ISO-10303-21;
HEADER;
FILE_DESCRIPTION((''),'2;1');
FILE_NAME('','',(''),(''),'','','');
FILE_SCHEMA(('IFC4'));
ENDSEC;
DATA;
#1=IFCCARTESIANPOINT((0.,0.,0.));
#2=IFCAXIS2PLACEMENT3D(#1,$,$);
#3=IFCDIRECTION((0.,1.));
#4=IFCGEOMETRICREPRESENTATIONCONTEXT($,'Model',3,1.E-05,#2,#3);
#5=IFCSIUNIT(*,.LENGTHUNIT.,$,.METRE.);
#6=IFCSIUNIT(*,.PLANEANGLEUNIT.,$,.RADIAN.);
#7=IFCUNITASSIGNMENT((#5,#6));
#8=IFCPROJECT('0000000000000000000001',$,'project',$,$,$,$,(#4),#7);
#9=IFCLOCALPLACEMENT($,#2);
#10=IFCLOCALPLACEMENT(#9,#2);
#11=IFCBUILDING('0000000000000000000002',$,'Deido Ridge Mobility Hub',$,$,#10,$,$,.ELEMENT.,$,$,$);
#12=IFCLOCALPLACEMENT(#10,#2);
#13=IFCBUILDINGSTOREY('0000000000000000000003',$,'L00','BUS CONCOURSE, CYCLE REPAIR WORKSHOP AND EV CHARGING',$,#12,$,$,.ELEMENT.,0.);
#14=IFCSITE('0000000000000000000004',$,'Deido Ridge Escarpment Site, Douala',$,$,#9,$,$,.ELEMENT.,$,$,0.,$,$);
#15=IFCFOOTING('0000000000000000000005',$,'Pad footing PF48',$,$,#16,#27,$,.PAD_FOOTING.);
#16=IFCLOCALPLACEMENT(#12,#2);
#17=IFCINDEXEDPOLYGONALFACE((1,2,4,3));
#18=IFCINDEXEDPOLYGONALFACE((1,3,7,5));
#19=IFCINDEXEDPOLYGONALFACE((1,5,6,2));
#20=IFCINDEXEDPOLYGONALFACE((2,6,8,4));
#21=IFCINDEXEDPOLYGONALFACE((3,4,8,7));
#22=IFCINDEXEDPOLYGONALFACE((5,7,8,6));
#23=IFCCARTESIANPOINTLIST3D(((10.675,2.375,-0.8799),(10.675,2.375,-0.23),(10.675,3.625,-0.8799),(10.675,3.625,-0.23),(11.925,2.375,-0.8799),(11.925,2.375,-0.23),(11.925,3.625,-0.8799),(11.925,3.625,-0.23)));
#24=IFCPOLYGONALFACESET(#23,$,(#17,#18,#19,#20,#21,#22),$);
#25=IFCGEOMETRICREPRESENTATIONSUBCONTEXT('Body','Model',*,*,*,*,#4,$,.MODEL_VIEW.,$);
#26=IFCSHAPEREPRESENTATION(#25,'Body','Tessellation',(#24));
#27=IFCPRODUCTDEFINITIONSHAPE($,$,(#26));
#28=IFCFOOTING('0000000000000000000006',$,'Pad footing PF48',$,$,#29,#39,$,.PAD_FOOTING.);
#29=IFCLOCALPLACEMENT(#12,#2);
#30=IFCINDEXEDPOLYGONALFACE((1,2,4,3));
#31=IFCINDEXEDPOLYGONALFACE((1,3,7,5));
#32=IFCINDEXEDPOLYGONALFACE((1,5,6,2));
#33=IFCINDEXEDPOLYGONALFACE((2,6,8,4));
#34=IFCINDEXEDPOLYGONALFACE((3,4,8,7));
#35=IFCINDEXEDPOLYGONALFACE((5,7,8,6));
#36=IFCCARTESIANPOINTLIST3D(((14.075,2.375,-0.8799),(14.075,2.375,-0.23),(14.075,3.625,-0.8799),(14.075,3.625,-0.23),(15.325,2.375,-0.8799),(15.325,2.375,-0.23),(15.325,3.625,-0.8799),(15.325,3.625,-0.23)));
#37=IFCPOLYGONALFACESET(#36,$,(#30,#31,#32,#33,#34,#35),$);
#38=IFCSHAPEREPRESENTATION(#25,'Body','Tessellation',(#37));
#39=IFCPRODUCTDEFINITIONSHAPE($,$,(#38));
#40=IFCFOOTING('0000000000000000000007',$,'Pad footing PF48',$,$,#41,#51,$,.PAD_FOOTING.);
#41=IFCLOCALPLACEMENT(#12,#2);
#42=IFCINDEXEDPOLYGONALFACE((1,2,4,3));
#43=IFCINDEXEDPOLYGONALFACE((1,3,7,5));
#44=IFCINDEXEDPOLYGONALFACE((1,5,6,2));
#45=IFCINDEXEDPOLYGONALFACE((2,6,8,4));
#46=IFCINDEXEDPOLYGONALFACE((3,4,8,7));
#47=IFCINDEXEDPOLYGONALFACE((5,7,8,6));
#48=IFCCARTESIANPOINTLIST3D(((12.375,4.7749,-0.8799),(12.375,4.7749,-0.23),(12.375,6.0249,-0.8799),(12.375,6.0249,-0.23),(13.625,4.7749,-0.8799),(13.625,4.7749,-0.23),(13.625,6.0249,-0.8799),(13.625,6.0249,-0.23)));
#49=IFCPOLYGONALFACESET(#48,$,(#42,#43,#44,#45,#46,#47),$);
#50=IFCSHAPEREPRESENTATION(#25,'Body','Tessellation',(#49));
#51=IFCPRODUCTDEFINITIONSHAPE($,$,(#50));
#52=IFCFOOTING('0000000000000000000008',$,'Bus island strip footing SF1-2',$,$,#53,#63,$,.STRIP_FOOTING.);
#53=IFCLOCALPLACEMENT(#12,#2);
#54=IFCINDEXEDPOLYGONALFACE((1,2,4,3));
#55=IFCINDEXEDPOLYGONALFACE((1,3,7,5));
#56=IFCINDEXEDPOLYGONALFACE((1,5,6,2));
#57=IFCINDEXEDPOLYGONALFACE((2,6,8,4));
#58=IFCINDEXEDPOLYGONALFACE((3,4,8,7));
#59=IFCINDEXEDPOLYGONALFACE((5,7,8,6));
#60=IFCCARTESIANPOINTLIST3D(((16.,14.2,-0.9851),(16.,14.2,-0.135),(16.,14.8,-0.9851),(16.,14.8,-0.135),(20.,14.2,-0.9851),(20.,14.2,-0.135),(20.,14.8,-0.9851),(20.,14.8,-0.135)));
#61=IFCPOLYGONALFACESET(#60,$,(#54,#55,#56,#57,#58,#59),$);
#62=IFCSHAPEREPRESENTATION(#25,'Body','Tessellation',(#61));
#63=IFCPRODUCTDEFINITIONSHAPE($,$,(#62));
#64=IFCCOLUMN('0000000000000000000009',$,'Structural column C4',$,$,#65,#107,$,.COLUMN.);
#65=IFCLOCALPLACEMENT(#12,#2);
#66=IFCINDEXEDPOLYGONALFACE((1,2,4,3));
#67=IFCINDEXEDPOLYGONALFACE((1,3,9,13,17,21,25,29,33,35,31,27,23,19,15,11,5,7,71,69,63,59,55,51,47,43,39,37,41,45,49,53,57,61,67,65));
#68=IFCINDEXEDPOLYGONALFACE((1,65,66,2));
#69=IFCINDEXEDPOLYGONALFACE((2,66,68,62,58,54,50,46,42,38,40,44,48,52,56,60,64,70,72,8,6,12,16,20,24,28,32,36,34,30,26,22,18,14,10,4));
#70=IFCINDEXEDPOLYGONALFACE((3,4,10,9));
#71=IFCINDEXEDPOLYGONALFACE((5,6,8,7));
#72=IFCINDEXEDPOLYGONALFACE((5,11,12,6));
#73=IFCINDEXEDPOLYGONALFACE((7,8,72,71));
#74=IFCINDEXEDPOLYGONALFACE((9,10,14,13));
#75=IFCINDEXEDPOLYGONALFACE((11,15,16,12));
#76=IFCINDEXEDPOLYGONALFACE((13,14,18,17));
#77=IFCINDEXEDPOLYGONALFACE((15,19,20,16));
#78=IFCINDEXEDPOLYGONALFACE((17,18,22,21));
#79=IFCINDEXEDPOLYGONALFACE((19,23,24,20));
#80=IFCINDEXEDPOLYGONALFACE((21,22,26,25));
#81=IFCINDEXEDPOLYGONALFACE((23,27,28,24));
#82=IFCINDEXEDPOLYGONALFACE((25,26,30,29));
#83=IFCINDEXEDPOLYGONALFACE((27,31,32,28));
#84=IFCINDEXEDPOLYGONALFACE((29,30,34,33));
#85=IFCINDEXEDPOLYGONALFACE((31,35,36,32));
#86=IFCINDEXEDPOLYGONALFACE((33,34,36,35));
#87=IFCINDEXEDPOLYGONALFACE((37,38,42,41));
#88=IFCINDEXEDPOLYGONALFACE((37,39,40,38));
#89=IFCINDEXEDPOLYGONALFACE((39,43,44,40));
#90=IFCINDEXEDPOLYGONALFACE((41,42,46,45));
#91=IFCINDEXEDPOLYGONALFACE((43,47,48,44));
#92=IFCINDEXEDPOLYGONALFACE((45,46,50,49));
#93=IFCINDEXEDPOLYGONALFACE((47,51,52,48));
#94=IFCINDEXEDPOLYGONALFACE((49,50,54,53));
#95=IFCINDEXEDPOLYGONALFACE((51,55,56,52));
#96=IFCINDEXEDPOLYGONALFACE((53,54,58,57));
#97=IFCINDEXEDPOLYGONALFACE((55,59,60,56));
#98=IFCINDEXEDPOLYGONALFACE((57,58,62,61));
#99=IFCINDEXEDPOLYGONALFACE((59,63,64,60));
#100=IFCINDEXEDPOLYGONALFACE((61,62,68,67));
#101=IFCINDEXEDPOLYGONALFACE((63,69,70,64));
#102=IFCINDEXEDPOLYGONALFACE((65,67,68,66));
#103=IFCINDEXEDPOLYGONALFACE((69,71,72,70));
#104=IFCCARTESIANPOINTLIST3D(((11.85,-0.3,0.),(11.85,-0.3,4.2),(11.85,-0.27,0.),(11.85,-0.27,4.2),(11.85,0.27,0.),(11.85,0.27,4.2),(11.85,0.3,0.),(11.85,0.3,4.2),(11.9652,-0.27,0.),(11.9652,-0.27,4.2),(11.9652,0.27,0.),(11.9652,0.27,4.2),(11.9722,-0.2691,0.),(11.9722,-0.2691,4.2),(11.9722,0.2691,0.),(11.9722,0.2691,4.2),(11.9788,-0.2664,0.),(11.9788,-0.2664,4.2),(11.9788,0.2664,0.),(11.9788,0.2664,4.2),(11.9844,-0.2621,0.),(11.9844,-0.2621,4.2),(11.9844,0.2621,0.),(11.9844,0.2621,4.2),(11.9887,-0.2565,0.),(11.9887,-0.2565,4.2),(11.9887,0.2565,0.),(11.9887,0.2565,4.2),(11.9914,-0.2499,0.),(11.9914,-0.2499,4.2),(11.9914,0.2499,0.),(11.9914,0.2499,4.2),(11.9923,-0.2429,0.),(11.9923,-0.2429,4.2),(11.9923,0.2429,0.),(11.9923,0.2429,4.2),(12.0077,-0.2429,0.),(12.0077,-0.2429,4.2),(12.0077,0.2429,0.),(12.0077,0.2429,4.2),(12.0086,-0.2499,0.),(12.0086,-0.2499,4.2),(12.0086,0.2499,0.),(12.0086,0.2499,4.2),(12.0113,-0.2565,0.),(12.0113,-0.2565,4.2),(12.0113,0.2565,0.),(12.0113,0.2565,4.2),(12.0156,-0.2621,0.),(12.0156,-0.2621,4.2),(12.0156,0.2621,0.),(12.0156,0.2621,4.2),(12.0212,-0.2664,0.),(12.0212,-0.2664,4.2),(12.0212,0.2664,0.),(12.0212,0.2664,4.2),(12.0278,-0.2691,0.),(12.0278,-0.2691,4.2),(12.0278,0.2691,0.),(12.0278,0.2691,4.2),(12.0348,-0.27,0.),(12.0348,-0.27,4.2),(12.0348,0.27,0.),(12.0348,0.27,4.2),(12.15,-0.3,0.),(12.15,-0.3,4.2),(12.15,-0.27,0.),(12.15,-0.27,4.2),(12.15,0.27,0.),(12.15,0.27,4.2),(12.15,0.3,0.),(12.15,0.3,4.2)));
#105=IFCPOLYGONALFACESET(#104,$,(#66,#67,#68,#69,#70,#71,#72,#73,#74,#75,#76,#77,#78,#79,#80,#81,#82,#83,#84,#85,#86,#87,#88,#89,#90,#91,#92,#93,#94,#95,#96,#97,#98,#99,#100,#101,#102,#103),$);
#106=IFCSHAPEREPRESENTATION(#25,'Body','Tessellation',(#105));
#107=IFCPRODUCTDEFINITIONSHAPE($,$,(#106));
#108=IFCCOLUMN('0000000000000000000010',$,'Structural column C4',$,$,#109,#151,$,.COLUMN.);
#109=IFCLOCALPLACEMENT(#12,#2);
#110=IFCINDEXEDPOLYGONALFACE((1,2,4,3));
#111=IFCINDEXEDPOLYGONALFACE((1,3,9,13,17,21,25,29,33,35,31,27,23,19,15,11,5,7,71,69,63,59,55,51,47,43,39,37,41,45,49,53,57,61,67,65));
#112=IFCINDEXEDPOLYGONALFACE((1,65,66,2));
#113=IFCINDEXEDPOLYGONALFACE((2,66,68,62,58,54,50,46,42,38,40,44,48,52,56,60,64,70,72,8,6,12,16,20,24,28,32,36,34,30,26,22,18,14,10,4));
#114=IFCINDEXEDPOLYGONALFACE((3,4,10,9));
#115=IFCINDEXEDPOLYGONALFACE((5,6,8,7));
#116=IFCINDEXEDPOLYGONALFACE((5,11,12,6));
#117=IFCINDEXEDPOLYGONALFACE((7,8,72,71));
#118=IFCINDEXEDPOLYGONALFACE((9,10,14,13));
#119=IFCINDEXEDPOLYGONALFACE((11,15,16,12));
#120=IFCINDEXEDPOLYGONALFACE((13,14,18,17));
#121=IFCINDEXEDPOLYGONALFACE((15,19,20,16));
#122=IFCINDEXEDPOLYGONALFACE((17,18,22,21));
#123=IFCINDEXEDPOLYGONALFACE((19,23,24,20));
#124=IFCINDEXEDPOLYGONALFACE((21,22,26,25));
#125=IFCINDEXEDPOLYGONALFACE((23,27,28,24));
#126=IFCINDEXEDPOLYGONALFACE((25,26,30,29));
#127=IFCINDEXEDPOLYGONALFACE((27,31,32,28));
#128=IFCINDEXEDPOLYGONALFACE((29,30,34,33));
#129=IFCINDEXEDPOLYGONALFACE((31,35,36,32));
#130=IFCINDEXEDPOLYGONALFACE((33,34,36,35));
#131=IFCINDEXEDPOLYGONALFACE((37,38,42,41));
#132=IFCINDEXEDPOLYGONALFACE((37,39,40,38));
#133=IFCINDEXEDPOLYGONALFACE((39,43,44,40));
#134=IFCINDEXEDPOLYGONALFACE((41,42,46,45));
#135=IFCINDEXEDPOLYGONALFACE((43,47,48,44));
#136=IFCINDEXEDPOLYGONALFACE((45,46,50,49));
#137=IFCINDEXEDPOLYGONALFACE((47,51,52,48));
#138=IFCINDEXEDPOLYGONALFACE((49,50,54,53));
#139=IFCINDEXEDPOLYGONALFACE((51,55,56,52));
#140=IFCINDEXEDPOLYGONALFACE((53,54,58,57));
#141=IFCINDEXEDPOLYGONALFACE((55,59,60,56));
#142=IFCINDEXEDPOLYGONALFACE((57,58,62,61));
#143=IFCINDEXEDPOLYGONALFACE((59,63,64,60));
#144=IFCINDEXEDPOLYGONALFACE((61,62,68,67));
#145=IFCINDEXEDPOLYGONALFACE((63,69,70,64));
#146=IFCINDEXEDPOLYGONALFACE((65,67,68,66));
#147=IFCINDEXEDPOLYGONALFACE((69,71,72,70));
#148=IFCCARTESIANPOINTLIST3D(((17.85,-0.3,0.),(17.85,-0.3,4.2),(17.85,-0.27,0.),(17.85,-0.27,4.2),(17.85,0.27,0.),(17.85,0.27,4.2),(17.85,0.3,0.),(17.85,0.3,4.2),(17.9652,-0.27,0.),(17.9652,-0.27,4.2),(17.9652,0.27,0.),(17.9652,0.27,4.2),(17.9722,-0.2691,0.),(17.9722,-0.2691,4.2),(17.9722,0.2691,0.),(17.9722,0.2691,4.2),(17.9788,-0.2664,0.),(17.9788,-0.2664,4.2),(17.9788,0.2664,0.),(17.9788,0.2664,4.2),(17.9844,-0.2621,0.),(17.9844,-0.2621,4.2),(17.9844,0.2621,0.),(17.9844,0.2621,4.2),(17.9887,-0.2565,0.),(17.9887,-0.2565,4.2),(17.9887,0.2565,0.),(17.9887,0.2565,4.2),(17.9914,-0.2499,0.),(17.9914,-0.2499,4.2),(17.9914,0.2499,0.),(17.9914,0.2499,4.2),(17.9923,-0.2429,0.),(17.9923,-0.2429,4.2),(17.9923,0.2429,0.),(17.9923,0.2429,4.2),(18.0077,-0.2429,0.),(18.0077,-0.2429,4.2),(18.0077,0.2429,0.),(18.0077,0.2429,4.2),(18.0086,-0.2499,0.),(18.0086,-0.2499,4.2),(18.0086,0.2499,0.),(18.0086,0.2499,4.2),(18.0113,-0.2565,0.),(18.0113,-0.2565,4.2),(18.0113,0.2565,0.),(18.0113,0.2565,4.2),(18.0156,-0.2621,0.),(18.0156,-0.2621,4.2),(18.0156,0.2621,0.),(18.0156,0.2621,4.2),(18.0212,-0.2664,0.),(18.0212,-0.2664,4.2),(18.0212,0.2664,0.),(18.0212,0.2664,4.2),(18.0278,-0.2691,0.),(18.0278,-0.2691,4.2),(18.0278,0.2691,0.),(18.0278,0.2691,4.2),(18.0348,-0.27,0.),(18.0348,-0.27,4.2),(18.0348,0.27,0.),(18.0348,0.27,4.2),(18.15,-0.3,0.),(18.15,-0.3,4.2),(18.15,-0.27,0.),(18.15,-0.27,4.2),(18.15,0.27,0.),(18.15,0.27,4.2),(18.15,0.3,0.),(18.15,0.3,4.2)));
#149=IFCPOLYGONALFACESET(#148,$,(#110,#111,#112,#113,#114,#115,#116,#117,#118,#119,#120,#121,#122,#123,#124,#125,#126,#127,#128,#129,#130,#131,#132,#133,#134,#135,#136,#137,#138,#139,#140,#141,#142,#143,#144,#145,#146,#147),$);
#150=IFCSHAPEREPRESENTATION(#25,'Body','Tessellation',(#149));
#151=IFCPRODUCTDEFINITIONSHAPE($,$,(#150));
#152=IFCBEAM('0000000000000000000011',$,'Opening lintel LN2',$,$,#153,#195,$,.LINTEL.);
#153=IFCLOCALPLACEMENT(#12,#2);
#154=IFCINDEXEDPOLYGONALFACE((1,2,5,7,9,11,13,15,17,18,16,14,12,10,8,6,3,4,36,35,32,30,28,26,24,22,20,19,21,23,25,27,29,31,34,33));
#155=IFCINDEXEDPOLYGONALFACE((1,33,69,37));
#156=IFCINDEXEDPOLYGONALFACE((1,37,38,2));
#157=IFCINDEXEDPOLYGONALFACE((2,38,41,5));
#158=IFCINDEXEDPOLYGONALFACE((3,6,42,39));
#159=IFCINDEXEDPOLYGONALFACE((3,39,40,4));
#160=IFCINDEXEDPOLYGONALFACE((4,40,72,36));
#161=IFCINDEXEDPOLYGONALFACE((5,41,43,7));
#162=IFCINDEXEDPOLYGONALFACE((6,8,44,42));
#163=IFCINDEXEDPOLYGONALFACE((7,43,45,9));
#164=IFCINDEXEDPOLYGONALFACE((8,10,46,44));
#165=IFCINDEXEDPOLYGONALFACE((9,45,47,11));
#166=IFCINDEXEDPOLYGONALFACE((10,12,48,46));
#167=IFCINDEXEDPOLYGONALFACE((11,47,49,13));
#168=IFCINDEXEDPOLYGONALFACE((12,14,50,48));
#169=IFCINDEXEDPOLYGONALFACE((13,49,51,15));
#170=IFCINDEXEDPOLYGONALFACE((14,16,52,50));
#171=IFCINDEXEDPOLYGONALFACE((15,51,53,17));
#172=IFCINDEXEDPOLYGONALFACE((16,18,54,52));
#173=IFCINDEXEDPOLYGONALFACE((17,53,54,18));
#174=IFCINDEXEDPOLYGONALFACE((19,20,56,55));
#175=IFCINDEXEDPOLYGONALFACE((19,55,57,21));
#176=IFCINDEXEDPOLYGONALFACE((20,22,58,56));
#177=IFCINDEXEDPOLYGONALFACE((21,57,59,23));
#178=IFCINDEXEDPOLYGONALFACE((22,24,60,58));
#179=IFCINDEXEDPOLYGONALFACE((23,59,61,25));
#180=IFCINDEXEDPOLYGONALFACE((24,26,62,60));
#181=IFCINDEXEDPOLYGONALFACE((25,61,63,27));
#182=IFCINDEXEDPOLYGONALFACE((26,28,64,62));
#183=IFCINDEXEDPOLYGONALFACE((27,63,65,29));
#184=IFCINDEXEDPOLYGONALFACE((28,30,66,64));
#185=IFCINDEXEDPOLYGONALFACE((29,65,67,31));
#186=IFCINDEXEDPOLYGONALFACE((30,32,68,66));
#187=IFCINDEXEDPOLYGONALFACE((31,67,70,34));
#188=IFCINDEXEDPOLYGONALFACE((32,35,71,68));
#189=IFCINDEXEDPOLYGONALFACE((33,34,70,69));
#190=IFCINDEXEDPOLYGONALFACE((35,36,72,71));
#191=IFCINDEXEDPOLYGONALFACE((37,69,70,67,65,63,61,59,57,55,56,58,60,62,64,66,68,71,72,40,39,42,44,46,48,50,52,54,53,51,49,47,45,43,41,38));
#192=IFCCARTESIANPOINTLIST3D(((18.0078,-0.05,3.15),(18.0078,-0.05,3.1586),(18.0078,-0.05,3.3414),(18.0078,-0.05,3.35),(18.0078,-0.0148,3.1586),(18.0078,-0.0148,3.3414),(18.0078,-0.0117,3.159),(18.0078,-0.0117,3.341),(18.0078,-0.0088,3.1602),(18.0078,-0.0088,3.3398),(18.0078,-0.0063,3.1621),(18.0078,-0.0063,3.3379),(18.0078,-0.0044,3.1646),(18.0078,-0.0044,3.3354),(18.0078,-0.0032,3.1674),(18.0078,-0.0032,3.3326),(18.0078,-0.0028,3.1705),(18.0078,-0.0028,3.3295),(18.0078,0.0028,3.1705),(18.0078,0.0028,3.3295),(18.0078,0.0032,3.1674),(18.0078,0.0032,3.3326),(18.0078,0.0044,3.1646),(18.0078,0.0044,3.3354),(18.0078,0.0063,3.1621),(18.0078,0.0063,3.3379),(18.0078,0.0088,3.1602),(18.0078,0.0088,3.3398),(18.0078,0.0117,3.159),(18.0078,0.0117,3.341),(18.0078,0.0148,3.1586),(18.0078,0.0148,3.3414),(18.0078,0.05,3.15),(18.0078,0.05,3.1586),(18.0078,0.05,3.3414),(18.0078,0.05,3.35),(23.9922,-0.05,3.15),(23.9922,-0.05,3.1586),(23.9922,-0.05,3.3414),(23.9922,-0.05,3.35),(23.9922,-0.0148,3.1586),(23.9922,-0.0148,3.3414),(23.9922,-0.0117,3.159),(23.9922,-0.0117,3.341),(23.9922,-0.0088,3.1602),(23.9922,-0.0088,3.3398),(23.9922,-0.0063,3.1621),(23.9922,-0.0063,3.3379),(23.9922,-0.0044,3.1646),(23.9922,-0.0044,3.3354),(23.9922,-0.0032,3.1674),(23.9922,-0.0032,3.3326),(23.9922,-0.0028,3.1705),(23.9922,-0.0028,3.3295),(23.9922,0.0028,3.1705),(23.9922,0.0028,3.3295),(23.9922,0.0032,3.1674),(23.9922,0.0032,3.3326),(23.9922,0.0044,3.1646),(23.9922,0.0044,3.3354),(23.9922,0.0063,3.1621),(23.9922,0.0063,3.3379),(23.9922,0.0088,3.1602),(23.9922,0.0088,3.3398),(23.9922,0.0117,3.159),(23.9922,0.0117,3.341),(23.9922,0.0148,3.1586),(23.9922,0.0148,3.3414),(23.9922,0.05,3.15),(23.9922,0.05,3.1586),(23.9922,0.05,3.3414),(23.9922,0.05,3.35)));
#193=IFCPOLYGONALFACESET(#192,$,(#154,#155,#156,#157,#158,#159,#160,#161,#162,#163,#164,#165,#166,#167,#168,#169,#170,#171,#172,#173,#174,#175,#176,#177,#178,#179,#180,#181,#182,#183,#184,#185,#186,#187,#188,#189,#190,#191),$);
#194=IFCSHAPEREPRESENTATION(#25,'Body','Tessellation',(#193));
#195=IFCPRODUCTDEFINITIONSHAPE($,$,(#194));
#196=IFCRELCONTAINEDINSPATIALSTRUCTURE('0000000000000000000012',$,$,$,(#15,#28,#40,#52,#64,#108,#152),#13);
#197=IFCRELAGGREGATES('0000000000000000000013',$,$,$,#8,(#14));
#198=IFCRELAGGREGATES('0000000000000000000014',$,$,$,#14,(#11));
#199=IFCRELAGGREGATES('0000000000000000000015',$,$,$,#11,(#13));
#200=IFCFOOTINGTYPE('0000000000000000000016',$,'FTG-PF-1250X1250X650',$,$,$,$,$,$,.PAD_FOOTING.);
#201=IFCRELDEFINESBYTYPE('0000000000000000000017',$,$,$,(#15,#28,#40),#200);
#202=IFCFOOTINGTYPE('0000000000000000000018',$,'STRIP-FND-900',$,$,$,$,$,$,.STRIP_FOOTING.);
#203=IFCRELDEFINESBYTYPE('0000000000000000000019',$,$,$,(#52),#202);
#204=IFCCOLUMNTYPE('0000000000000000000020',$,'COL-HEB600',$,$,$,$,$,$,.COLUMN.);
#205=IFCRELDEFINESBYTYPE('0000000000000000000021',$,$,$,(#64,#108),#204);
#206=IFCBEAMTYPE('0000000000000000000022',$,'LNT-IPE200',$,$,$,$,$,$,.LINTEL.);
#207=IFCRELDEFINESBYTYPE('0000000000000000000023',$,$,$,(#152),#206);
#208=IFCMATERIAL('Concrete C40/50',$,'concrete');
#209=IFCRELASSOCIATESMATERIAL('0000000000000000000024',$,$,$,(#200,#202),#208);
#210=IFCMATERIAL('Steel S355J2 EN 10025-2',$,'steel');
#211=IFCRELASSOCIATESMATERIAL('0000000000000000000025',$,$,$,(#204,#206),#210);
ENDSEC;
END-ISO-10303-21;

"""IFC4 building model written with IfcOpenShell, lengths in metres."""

from ifc_helpers import new_model, si_unit, direction, frame, origin, origin_2d, place, context, subcontext, project, spatial, rectangle, i_section, extrude, material, material_profile, profile_set, type_object, element, save


model = new_model("IFC4")

# Units and contexts
model_context = context("Model", 3, precision=1e-05, world=origin(), true_north=direction((0.0, 1.0)))
body_context = subcontext(model_context, "Body", "Model", "MODEL_VIEW")
ifc_project = project(units=[si_unit("LENGTHUNIT", "METRE"), si_unit("PLANEANGLEUNIT", "RADIAN")], contexts=[model_context])

# Site, building, storey
site_placement = place(None, origin())
site = spatial("IfcSite", under=ifc_project, at=site_placement, Name="Deido Ridge Escarpment Site, Douala", CompositionType="ELEMENT", RefElevation=0.0)
building_placement = place(site_placement, origin())
building = spatial("IfcBuilding", under=site, at=building_placement, Name="Deido Ridge Mobility Hub", CompositionType="ELEMENT")
storey_placement = place(building_placement, origin())
storey = spatial("IfcBuildingStorey", under=building, at=storey_placement, Name="L00", Description="BUS CONCOURSE, CYCLE REPAIR WORKSHOP AND EV CHARGING", CompositionType="ELEMENT", Elevation=0.0)

# Footings
ifc_material_1 = material(Name="Concrete C40/50", Category="concrete")
footing_type_1 = type_object("IfcFootingType", Name="FTG-PF-1250X1250X650", PredefinedType="PAD_FOOTING", material=ifc_material_1)
for number, where, z_axis, x_axis, name in (
    (1, (11.3, 3.0, -0.8799), (0.0, 0.0, 1.0), (1.0, 0.0, 0.0), "Pad footing PF48"),
    (2, (14.7, 3.0, -0.8799), (0.0, 0.0, 1.0), (1.0, 0.0, 0.0), "Pad footing PF48"),
    (3, (13.0, 5.3999, -0.8799), (0.0, 0.0, 1.0), (1.0, 0.0, 0.0), "Pad footing PF48"),
):
    element("IfcFooting", number, at=place(storey_placement, frame(where, z_axis=z_axis, x_axis=x_axis)), inside=storey, type_object=footing_type_1, Name=name, PredefinedType="PAD_FOOTING", context=body_context, shape_type="SweptSolid", body=[
        extrude(rectangle(XDim=1.25, YDim=1.25, at=origin_2d()), origin(), (0.0, 0.0, 1.0), 0.6499),
    ])
ifc_material_profile_1 = material_profile(ifc_material_1, rectangle(XDim=0.6001, YDim=0.8501, at=origin_2d()), Name="RC GB 600x850")
ifc_profile_set_1 = profile_set([ifc_material_profile_1], Name="Concrete C40/50")
footing_type_2 = type_object("IfcFootingType", Name="STRIP-FND-900", PredefinedType="STRIP_FOOTING", material=ifc_profile_set_1)
footing_placement = place(storey_placement, frame((16.0, 14.5, -0.5601), z_axis=(1.0, 0.0, 0.0), x_axis=(0.0, 1.0, 0.0)))
element("IfcFooting", 4, at=footing_placement, inside=storey, type_object=footing_type_2, Name="Bus island strip footing SF1-2", PredefinedType="STRIP_FOOTING", context=body_context, shape_type="SweptSolid", body=[
    extrude(rectangle(XDim=0.6001, YDim=0.8501, at=origin_2d()), origin(), (0.0, 0.0, 1.0), 4.0),
])

# Columns
ifc_material_2 = material(Name="Steel S355J2 EN 10025-2", Category="steel")
ifc_material_profile_2 = material_profile(ifc_material_2, i_section(OverallWidth=0.3, OverallDepth=0.6001, WebThickness=0.0154, FlangeThickness=0.03, FilletRadius=0.0271, at=origin_2d()), Name="HEB 600")
ifc_profile_set_2 = profile_set([ifc_material_profile_2], Name="Steel S355J2 EN 10025-2")
column_type = type_object("IfcColumnType", Name="COL-HEB600", PredefinedType="COLUMN", material=ifc_profile_set_2)
for number, where, z_axis, x_axis, name in (
    (5, (12.0, 0.0, 0.0), (0.0, 0.0, 1.0), (1.0, 0.0, 0.0), "Structural column C4"),
    (6, (18.0, 0.0, 0.0), (0.0, 0.0, 1.0), (1.0, 0.0, 0.0), "Structural column C4"),
):
    element("IfcColumn", number, at=place(storey_placement, frame(where, z_axis=z_axis, x_axis=x_axis)), inside=storey, type_object=column_type, Name=name, PredefinedType="COLUMN", context=body_context, shape_type="SweptSolid", body=[
        extrude(i_section(OverallWidth=0.3, OverallDepth=0.6001, WebThickness=0.0154, FlangeThickness=0.03, FilletRadius=0.0271, at=origin_2d()), origin(), (0.0, 0.0, 1.0), 4.2),
    ])

# Beam
ifc_material_profile_3 = material_profile(ifc_material_2, i_section(OverallWidth=0.1001, OverallDepth=0.2, WebThickness=0.0056, FlangeThickness=0.0085, FilletRadius=0.012, at=origin_2d()), Name="IPE 200")
ifc_profile_set_3 = profile_set([ifc_material_profile_3], Name="Steel S355J2 EN 10025-2")
beam_type_1 = type_object("IfcBeamType", Name="LNT-IPE200", PredefinedType="LINTEL", material=ifc_profile_set_3)
beam_1_placement = place(storey_placement, frame((18.0078, 0.0, 3.25), z_axis=(1.0, 0.0, 0.0), x_axis=(0.0, 1.0, 0.0)))
element("IfcBeam", 7, at=beam_1_placement, inside=storey, type_object=beam_type_1, Name="Opening lintel LN2", PredefinedType="LINTEL", context=body_context, shape_type="SweptSolid", body=[
    extrude(i_section(OverallWidth=0.1001, OverallDepth=0.2, WebThickness=0.0056, FlangeThickness=0.0085, FilletRadius=0.012, at=origin_2d()), origin(), (0.0, 0.0, 1.0), 5.9844),
])

save(model, "model.ifc")
